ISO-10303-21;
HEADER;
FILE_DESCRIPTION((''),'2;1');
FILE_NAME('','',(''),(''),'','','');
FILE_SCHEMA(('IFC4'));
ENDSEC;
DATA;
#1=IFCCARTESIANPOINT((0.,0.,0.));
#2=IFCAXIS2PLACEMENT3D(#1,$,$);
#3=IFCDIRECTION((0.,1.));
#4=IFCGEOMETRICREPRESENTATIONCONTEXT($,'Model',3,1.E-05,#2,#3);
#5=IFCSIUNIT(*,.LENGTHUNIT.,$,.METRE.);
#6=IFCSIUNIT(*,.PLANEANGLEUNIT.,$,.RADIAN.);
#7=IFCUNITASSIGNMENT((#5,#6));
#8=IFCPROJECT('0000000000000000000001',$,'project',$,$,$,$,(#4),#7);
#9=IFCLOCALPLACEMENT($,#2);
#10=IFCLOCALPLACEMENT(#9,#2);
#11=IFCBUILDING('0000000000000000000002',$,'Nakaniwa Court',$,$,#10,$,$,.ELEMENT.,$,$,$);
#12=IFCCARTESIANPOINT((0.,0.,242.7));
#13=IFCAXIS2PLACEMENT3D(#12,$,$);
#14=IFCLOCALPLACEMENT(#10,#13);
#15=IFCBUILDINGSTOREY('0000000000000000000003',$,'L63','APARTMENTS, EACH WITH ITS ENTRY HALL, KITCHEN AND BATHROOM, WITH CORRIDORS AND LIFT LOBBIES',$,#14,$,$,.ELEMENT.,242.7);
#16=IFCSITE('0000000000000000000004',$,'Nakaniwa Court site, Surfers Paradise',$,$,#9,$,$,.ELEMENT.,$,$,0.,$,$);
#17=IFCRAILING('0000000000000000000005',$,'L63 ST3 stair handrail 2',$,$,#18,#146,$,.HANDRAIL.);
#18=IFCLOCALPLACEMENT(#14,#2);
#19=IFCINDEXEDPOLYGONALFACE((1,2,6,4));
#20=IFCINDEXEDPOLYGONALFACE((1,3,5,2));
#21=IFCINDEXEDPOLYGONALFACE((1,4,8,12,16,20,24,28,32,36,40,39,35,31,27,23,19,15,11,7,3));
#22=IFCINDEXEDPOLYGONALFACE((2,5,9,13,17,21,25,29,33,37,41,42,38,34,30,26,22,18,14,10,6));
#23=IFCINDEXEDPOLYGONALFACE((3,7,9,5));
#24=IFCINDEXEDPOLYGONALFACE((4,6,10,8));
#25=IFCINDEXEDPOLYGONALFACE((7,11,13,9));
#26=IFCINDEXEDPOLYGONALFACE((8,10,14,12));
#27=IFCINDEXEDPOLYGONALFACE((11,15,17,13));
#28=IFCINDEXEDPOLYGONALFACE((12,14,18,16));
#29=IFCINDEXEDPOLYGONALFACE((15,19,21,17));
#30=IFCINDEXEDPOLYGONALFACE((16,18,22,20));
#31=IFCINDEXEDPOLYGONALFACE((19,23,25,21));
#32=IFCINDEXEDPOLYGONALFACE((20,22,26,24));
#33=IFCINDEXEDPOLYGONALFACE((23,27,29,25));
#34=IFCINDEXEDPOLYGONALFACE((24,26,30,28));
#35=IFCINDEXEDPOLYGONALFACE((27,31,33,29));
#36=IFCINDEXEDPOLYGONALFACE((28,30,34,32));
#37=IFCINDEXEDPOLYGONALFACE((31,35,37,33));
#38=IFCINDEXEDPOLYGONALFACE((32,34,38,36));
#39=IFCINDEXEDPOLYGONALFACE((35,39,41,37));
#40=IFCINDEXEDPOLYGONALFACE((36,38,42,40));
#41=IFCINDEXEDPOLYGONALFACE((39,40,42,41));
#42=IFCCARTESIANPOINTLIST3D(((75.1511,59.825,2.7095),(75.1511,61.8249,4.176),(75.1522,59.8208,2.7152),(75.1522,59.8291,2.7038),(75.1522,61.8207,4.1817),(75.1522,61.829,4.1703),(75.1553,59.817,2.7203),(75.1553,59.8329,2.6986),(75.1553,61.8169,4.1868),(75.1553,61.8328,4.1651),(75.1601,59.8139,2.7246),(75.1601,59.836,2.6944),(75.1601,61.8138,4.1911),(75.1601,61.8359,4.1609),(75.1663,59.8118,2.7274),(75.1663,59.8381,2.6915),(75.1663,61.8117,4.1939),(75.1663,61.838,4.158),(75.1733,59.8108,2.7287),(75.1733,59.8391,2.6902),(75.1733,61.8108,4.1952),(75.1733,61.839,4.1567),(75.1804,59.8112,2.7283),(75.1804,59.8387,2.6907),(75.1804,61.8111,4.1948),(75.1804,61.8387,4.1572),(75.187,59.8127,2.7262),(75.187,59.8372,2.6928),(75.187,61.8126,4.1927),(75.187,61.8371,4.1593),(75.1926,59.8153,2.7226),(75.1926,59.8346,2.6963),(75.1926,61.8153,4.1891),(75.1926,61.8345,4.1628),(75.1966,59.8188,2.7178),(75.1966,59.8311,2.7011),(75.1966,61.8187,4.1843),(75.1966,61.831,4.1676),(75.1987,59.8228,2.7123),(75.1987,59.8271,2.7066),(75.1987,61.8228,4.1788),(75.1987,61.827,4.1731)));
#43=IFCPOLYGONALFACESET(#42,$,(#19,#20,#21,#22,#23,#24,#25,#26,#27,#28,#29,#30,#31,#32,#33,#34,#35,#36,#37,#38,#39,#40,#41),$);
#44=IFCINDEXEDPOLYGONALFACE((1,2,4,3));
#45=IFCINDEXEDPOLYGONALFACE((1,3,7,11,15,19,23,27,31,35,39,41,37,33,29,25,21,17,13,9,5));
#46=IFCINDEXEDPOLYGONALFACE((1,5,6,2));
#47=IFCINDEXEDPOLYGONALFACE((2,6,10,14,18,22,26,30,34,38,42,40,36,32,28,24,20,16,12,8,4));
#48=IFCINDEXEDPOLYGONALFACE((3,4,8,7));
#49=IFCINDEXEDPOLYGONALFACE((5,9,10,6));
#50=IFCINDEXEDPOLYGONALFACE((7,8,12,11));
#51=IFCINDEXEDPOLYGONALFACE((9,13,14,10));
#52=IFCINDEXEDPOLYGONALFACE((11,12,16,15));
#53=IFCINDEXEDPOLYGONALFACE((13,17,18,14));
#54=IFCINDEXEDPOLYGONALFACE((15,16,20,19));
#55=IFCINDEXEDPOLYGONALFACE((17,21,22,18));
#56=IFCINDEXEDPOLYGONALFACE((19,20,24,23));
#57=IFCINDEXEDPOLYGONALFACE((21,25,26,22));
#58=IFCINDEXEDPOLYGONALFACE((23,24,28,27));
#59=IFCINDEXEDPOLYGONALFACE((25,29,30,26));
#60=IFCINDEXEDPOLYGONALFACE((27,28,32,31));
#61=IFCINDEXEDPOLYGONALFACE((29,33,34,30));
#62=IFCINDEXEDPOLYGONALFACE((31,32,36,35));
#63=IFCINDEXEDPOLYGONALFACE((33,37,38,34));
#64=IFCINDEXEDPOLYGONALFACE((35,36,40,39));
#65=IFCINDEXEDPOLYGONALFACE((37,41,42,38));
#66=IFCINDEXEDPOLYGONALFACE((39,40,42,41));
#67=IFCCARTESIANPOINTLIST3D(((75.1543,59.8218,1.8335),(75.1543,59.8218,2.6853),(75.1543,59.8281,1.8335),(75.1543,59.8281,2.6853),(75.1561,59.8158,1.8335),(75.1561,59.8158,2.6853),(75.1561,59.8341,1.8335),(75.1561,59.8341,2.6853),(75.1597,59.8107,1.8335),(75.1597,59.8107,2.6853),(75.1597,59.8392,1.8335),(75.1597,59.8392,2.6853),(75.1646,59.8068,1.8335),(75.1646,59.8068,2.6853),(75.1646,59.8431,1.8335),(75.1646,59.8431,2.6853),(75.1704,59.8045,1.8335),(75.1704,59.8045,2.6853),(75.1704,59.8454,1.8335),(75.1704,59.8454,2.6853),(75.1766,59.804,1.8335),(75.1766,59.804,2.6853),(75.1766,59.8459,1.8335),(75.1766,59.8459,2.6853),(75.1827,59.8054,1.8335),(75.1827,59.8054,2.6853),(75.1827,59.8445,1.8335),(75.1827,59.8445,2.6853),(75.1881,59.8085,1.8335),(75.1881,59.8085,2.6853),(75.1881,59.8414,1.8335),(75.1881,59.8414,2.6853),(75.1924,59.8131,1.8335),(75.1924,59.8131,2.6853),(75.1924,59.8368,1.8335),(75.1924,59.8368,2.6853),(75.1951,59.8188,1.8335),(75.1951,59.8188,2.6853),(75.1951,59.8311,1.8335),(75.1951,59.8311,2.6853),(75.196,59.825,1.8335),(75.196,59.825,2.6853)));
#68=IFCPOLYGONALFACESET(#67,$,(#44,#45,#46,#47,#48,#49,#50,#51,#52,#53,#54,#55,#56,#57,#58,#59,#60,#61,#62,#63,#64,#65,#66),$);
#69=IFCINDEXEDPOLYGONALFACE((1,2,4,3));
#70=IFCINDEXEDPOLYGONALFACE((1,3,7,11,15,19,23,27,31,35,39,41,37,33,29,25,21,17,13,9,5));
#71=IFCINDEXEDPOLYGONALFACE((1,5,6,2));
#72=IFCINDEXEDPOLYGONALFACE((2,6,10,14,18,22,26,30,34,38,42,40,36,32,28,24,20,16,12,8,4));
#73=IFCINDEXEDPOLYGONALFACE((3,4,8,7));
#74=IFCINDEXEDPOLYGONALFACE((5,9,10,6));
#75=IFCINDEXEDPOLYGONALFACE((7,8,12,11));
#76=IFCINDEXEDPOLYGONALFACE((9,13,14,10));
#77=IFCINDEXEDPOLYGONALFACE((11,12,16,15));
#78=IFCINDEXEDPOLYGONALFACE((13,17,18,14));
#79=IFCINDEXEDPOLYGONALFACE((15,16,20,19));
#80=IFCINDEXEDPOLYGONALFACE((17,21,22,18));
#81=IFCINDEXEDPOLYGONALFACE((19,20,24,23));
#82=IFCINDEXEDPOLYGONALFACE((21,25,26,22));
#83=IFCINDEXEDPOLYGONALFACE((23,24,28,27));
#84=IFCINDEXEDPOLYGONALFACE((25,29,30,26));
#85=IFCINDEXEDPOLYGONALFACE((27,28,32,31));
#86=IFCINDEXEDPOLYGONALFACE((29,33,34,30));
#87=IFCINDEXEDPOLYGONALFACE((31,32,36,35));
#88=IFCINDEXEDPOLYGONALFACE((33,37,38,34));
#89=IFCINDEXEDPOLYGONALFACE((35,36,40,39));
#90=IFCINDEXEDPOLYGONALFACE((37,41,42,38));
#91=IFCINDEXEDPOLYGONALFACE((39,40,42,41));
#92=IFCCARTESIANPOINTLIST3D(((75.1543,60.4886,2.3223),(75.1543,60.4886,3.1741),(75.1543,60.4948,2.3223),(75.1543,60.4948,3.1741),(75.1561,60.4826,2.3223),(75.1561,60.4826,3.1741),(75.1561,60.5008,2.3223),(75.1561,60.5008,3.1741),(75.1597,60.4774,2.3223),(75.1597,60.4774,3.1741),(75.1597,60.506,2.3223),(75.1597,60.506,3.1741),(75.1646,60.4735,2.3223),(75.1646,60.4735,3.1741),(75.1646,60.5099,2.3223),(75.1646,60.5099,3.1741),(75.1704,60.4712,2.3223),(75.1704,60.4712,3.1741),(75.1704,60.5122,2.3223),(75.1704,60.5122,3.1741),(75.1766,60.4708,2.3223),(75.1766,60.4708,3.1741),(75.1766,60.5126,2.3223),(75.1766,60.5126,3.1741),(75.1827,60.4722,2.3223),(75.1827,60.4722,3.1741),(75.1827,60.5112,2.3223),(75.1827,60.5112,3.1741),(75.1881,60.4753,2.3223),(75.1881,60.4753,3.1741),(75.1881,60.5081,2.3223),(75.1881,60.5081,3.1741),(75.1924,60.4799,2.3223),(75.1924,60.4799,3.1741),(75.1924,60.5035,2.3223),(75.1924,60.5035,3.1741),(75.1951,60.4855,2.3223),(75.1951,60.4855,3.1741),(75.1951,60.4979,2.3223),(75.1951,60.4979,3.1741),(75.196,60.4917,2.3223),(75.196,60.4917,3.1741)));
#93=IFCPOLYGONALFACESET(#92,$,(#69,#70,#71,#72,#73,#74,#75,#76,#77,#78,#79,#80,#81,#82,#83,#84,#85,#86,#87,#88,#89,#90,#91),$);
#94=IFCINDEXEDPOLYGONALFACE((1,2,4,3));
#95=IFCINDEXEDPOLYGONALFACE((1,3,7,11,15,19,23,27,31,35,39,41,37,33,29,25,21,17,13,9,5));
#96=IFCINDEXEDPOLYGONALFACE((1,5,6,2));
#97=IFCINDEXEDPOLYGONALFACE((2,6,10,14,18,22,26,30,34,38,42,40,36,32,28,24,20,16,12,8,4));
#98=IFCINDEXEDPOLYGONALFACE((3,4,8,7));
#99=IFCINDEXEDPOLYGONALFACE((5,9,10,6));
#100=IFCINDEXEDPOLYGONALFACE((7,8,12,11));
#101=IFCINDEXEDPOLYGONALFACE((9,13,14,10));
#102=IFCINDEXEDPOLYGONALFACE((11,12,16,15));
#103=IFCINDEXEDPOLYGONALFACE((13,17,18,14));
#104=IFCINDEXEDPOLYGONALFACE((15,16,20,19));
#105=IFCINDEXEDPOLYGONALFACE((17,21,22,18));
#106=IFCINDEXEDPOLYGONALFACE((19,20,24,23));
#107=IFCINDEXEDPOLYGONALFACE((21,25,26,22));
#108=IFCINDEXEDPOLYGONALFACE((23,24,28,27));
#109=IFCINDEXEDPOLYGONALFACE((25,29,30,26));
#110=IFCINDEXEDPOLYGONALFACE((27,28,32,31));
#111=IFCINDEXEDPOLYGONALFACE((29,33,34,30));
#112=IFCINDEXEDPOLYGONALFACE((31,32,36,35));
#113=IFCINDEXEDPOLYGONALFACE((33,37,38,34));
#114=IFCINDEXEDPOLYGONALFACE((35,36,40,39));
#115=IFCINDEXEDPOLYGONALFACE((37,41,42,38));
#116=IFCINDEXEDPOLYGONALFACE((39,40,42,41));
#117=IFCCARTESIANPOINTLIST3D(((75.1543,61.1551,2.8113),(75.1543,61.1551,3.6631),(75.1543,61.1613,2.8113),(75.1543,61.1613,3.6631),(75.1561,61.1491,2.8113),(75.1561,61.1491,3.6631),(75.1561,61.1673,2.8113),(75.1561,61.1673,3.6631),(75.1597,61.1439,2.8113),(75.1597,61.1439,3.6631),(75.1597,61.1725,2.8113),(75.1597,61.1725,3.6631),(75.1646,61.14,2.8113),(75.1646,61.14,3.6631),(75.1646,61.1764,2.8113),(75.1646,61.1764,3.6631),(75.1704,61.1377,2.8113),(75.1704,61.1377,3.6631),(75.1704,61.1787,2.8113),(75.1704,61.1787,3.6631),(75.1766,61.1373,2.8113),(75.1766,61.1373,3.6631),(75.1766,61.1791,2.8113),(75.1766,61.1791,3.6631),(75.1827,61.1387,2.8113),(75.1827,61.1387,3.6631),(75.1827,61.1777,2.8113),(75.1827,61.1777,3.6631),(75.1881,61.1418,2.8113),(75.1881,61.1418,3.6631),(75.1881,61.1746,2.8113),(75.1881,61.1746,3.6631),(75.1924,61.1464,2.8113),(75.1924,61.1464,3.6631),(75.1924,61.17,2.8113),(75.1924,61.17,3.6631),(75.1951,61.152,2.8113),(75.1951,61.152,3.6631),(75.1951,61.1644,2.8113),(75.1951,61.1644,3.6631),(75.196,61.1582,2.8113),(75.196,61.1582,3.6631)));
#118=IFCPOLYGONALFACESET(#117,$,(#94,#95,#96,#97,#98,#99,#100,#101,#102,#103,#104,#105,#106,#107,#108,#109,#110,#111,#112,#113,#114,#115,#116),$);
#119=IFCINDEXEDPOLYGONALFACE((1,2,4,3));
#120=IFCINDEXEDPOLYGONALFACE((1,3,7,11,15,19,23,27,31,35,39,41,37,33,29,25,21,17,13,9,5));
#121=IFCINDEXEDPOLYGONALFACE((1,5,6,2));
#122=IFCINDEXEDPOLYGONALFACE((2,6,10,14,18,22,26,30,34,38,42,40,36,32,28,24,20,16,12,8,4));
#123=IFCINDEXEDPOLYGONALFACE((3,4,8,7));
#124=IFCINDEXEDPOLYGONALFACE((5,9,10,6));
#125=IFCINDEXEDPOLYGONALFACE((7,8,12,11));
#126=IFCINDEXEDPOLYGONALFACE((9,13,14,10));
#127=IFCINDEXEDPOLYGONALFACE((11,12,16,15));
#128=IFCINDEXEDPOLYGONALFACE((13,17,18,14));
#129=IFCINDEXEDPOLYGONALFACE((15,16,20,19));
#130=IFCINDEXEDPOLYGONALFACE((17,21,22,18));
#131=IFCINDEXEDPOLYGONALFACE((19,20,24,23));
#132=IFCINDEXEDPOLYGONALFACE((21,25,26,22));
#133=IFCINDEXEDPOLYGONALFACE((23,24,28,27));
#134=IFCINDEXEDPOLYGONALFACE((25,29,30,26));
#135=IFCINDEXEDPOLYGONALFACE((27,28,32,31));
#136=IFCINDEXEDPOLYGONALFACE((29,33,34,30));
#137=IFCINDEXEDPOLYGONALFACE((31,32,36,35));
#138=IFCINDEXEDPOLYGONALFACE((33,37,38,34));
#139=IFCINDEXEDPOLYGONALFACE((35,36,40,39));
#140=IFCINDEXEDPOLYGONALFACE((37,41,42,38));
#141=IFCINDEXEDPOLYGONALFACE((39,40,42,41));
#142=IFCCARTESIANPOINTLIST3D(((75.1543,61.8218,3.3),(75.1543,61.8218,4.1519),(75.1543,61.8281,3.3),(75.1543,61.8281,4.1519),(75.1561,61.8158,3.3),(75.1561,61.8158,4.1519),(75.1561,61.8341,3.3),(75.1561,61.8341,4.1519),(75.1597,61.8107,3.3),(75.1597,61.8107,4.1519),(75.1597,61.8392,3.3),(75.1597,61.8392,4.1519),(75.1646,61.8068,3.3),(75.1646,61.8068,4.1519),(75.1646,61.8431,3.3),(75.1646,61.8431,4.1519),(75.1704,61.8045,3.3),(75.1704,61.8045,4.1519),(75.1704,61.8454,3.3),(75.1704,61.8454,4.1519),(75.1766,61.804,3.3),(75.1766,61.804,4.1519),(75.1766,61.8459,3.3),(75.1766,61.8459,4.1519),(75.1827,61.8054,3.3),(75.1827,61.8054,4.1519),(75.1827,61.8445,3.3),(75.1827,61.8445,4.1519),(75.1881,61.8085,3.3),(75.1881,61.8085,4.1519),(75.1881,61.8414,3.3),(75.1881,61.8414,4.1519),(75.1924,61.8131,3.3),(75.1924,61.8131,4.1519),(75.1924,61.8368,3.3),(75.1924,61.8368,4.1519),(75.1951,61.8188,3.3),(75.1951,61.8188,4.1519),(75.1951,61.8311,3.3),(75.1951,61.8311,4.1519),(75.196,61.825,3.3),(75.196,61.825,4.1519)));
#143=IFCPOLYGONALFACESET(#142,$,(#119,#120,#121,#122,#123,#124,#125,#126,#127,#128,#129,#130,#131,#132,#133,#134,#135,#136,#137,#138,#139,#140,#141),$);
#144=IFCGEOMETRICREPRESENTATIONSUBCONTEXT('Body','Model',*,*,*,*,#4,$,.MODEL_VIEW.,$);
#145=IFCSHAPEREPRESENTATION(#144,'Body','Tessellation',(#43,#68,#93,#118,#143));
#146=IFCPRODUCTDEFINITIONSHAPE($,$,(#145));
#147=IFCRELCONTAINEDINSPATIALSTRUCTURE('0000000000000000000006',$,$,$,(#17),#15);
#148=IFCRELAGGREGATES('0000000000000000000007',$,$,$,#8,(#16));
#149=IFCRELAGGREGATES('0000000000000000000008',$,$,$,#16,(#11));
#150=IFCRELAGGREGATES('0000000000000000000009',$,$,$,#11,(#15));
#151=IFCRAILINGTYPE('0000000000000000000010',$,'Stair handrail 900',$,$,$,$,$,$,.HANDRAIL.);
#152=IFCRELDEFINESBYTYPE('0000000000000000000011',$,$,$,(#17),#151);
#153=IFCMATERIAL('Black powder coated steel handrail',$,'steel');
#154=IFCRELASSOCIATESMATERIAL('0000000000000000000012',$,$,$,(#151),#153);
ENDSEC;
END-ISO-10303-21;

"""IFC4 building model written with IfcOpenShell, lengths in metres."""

from ifc_helpers import new_model, si_unit, direction, frame, origin, origin_2d, place, context, subcontext, project, spatial, circle, extrude, material, type_object, element, save


model = new_model("IFC4")

# Units and contexts
model_context = context("Model", 3, precision=1e-05, world=origin(), true_north=direction((0.0, 1.0)))
body_context = subcontext(model_context, "Body", "Model", "MODEL_VIEW")
ifc_project = project(units=[si_unit("LENGTHUNIT", "METRE"), si_unit("PLANEANGLEUNIT", "RADIAN")], contexts=[model_context])

# Site, building, storey
site_placement = place(None, origin())
site = spatial("IfcSite", under=ifc_project, at=site_placement, Name="Nakaniwa Court site, Surfers Paradise", CompositionType="ELEMENT", RefElevation=0.0)
building_placement = place(site_placement, origin())
building = spatial("IfcBuilding", under=site, at=building_placement, Name="Nakaniwa Court", CompositionType="ELEMENT")
storey_placement = place(building_placement, frame((0.0, 0.0, 242.7)))
storey = spatial("IfcBuildingStorey", under=building, at=storey_placement, Name="L63", Description="APARTMENTS, EACH WITH ITS ENTRY HALL, KITCHEN AND BATHROOM, WITH CORRIDORS AND LIFT LOBBIES", CompositionType="ELEMENT", Elevation=242.7)

# Railing
ifc_material_1 = material(Name="Black powder coated steel handrail", Category="steel")
railing_type_1 = type_object("IfcRailingType", Name="Stair handrail 900", PredefinedType="HANDRAIL", material=ifc_material_1)
railing_1_placement = place(storey_placement, frame((75.175, 59.825, 1.8335)))
element("IfcRailing", 1, at=railing_1_placement, inside=storey, type_object=railing_type_1, Name="L63 ST3 stair handrail 2", PredefinedType="HANDRAIL", context=body_context, shape_type="SweptSolid", body=[
    extrude(circle(Radius=0.0239, at=origin_2d()), frame((0.0, 0.0, 0.876), z_axis=(0.0, 0.806427, 0.591334), x_axis=(-1.0, 0.0, 0.0)), (0.0, 0.0, 1.0), 2.48),
    extrude(circle(Radius=0.021, at=origin_2d()), origin(), (0.0, 0.0, 1.0), 0.8518),
    extrude(circle(Radius=0.021, at=origin_2d()), frame((0.0, 0.6667, 0.4888)), (0.0, 0.0, 1.0), 0.8518),
    extrude(circle(Radius=0.021, at=origin_2d()), frame((0.0, 1.3333, 0.9778)), (0.0, 0.0, 1.0), 0.8518),
    extrude(circle(Radius=0.021, at=origin_2d()), frame((0.0, 2.0, 1.4666)), (0.0, 0.0, 1.0), 0.8518),
])

save(model, "model.ifc")
